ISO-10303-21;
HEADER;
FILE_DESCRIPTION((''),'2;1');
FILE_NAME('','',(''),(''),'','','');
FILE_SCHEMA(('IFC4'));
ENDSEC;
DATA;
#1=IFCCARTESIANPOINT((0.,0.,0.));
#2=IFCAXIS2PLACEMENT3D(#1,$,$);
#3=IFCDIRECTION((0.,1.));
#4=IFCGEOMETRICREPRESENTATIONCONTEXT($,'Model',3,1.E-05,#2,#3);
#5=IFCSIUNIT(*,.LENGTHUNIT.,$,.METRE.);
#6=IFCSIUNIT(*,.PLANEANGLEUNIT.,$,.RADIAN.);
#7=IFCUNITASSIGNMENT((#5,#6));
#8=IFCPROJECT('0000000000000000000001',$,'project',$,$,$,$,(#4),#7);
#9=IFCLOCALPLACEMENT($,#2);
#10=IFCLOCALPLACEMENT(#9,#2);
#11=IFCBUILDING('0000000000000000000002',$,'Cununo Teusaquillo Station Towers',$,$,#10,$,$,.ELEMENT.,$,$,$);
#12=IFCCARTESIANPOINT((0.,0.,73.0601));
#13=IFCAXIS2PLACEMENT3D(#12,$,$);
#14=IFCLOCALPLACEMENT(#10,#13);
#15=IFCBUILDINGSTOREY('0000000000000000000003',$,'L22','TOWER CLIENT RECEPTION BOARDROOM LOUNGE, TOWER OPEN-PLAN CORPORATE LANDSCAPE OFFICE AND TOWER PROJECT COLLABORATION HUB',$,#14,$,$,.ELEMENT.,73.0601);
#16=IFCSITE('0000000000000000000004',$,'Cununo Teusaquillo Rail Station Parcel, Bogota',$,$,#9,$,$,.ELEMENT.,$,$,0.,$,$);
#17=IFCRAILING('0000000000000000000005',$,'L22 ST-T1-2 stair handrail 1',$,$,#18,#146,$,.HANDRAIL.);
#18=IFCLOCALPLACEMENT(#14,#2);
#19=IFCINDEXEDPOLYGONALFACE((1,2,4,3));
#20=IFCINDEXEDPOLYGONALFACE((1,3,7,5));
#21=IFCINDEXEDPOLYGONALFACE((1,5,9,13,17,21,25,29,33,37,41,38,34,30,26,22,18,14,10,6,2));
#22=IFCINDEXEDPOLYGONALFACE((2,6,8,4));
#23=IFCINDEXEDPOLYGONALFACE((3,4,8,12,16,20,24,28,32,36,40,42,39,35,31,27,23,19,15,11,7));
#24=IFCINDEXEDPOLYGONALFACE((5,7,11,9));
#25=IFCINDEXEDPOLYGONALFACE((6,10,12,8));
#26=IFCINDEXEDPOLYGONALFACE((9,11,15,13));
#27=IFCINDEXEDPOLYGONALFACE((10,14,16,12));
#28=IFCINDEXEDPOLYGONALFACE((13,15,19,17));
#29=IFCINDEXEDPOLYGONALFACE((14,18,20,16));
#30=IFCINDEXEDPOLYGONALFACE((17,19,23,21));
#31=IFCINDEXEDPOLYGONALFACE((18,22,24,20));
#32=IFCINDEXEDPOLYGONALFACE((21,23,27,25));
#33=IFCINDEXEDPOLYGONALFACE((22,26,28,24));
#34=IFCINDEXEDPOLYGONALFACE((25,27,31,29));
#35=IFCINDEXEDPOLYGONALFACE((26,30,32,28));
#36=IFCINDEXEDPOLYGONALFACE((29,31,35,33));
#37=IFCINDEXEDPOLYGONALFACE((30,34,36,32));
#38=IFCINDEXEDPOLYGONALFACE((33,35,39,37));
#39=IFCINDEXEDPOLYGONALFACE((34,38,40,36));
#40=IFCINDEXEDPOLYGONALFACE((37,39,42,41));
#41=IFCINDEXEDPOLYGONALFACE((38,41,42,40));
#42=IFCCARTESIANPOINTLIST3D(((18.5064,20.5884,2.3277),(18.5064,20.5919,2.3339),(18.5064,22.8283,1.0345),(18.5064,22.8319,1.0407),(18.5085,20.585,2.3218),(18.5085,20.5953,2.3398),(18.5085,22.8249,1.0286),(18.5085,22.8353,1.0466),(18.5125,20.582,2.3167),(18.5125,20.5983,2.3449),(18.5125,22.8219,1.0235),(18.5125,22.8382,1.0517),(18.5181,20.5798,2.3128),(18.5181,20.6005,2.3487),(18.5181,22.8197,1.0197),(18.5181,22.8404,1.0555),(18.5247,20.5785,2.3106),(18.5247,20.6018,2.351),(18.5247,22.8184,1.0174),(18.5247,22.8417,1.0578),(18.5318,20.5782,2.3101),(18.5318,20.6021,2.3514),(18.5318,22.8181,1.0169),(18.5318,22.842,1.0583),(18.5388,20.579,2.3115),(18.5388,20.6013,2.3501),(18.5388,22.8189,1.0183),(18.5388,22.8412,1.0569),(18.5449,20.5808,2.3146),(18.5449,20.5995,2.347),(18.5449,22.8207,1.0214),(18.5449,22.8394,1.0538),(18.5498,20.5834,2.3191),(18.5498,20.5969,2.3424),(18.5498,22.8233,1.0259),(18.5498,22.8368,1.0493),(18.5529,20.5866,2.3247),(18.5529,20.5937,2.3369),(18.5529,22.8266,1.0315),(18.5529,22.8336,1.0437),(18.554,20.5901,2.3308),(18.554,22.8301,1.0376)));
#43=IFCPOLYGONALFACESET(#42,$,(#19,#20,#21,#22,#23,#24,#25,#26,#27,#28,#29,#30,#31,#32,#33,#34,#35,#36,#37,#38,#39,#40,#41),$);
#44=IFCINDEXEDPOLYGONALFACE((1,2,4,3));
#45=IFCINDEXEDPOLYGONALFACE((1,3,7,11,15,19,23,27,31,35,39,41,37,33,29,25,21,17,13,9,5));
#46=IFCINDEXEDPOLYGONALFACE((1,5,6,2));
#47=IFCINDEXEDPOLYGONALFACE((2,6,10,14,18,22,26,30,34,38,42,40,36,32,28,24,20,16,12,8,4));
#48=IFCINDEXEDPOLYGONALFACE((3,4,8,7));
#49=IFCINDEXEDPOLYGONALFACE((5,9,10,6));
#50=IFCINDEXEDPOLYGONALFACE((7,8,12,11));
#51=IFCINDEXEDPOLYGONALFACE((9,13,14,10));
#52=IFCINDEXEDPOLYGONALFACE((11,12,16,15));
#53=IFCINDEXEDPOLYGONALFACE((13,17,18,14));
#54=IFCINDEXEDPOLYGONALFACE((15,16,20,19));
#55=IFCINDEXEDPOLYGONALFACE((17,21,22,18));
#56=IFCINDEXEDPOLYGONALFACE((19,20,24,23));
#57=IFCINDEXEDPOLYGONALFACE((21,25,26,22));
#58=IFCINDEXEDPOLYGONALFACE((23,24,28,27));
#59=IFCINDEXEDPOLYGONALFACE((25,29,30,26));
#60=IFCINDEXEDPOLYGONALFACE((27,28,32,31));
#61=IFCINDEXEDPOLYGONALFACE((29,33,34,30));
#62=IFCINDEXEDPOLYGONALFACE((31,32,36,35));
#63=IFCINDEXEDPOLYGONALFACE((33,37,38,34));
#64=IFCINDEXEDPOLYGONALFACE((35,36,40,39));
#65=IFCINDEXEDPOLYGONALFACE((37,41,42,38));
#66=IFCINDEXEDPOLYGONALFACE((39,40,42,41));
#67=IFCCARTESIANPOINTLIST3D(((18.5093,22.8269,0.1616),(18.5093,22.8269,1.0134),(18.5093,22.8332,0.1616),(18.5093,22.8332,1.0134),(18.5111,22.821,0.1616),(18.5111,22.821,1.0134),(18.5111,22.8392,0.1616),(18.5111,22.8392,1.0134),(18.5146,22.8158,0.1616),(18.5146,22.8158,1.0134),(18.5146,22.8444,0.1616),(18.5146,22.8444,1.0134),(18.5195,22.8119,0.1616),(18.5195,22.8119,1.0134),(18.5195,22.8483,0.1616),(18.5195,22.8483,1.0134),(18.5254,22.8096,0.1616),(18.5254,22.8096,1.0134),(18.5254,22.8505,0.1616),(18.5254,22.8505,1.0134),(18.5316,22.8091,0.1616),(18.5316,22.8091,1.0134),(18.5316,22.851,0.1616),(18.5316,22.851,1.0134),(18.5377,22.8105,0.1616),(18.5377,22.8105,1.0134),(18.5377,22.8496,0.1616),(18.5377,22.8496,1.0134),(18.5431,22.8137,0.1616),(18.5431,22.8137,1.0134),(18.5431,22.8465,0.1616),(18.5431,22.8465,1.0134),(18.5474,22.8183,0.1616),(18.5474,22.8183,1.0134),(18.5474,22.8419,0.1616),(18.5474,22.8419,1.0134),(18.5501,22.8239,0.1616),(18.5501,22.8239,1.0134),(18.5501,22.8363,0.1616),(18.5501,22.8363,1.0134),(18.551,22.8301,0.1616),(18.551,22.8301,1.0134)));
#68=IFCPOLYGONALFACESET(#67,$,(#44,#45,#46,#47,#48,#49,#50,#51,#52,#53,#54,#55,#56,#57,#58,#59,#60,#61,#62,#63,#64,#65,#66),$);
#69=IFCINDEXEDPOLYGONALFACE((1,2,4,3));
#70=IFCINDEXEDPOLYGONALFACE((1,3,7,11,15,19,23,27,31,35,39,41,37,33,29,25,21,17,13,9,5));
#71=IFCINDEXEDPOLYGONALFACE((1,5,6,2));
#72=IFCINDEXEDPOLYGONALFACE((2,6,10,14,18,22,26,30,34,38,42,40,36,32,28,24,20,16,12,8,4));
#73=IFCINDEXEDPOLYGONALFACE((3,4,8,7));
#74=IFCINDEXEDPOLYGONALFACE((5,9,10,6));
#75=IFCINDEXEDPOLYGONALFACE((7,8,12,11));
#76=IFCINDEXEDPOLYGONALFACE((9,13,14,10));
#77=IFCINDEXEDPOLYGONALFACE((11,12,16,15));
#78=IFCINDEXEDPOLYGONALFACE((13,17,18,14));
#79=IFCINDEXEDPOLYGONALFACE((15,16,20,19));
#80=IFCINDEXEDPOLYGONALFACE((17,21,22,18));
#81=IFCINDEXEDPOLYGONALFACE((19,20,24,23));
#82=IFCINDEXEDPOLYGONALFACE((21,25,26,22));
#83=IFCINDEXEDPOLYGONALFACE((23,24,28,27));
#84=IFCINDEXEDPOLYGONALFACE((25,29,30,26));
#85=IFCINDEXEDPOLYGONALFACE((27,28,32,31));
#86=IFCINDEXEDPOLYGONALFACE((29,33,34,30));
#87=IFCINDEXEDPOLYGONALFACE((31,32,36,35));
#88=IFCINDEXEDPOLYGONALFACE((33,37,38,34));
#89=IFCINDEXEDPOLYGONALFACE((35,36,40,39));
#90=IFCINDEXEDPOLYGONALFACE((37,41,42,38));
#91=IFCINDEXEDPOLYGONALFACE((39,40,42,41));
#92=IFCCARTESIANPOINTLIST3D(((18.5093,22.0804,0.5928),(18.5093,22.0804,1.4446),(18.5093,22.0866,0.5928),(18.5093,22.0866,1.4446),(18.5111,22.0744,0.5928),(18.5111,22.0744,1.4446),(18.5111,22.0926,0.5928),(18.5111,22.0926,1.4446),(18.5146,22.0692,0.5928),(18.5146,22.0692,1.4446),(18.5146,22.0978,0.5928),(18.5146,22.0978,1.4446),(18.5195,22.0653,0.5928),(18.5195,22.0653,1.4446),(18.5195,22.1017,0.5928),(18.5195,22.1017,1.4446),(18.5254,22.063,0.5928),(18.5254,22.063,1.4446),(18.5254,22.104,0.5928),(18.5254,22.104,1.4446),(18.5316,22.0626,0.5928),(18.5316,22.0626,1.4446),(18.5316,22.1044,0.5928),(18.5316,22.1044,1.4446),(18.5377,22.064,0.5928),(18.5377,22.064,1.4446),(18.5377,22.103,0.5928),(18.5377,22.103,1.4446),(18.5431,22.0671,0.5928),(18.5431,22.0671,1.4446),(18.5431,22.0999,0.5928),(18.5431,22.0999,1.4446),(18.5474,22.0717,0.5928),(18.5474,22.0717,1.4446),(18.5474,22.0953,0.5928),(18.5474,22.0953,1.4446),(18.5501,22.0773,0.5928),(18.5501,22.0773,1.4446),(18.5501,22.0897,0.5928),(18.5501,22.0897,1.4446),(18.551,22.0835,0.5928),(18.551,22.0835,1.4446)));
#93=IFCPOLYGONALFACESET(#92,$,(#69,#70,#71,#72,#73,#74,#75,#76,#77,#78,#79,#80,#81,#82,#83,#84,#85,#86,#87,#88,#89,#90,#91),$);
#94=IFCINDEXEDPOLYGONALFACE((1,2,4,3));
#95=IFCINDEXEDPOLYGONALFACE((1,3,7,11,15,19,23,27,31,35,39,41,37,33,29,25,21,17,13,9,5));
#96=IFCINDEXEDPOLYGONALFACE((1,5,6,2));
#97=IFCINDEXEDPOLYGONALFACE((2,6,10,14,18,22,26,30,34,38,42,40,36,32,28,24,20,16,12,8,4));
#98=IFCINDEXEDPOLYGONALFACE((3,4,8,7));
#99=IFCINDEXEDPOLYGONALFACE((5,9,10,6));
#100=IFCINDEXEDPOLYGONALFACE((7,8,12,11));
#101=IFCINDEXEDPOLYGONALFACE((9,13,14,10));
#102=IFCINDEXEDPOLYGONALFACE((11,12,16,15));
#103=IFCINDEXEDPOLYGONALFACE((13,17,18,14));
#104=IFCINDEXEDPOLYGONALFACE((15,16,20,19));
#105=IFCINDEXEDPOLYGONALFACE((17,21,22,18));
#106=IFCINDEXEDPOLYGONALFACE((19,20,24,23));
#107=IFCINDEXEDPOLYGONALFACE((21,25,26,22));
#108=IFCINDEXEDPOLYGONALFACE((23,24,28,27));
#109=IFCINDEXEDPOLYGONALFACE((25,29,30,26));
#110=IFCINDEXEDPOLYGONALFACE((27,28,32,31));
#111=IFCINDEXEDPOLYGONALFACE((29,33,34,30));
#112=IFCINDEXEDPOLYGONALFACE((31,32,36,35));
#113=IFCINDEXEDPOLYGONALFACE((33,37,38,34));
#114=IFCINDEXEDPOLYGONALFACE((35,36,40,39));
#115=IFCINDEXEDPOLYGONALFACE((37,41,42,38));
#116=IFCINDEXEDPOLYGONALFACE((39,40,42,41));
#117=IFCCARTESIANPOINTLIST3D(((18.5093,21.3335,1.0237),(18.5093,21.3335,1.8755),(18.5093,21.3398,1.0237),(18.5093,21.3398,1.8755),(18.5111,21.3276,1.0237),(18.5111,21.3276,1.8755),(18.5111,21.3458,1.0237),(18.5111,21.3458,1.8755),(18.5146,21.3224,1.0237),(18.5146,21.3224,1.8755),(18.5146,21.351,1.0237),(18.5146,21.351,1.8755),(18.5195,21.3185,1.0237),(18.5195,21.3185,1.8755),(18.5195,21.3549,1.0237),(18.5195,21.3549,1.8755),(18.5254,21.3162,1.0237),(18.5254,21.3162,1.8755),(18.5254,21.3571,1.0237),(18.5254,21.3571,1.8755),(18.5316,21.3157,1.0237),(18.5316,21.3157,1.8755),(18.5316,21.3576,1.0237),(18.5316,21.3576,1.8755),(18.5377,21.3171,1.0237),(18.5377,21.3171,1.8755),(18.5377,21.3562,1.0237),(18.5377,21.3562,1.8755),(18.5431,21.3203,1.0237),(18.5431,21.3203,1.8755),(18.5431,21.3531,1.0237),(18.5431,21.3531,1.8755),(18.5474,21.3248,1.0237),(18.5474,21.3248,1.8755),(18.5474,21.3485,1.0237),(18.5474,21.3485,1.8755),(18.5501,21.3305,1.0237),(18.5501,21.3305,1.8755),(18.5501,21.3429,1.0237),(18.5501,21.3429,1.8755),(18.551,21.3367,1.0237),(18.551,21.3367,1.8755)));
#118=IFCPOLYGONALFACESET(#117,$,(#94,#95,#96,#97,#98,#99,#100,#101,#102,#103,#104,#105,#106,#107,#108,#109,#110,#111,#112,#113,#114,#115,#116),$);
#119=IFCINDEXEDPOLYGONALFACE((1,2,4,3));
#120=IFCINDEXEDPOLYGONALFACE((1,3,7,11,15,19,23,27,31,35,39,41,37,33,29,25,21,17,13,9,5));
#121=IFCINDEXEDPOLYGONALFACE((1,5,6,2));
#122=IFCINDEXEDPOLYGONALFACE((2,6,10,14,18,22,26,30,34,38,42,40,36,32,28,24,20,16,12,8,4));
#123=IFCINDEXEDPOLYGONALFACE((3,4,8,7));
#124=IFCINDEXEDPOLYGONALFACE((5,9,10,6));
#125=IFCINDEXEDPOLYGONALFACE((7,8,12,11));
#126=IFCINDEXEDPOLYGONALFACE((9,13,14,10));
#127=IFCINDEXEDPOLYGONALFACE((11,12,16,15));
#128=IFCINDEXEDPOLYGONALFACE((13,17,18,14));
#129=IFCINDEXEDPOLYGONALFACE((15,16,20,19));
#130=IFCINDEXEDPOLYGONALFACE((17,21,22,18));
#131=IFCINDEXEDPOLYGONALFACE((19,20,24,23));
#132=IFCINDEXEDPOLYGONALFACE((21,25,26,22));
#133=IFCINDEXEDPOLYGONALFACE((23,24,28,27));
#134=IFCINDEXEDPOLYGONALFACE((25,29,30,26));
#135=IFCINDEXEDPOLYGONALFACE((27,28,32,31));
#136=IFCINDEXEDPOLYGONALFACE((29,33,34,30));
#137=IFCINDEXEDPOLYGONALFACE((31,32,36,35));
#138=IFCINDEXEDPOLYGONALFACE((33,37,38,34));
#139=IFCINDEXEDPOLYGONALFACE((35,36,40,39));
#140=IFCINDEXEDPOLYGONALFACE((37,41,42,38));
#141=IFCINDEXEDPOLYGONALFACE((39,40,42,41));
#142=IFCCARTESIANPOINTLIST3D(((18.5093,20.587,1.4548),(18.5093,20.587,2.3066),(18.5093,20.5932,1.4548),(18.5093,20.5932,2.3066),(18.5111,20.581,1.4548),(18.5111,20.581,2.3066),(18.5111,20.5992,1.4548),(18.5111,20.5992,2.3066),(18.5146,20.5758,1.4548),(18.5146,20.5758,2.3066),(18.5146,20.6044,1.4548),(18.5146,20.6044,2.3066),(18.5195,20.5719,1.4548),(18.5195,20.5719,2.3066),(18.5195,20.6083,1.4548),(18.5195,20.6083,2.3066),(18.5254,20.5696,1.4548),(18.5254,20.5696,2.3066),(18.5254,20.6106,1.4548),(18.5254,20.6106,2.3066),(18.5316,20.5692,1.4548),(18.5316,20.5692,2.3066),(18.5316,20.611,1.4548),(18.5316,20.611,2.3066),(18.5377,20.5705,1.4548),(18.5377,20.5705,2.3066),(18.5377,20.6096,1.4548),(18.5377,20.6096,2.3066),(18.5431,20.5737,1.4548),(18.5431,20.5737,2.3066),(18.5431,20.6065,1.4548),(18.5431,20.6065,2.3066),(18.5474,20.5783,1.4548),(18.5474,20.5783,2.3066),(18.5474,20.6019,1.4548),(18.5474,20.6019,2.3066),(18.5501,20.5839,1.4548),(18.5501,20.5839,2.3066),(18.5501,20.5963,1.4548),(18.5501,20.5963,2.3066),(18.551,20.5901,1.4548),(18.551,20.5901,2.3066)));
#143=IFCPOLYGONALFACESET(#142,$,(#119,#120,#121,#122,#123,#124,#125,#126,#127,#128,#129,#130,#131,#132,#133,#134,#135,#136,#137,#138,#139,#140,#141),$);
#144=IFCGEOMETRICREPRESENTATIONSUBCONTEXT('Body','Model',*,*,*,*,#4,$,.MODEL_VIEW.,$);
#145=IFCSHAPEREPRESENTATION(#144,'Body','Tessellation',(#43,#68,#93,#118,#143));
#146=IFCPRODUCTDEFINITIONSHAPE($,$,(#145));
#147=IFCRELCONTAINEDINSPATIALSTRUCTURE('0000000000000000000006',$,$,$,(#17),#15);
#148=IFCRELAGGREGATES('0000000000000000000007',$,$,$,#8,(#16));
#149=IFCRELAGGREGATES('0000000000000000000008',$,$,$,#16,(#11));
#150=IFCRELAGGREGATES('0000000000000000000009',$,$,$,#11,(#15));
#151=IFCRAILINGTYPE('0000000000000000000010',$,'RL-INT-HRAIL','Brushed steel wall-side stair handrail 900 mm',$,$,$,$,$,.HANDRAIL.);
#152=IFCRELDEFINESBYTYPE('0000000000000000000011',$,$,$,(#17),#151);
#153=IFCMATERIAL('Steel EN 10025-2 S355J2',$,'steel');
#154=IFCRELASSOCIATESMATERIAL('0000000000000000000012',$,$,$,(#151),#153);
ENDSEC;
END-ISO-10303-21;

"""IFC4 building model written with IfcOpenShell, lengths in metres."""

from ifc_helpers import new_model, si_unit, direction, frame, origin, origin_2d, place, context, subcontext, project, spatial, circle, extrude, material, type_object, element, save


model = new_model("IFC4")

# Units and contexts
model_context = context("Model", 3, precision=1e-05, world=origin(), true_north=direction((0.0, 1.0)))
body_context = subcontext(model_context, "Body", "Model", "MODEL_VIEW")
ifc_project = project(units=[si_unit("LENGTHUNIT", "METRE"), si_unit("PLANEANGLEUNIT", "RADIAN")], contexts=[model_context])

# Site, building, storey
site_placement = place(None, origin())
site = spatial("IfcSite", under=ifc_project, at=site_placement, Name="Cununo Teusaquillo Rail Station Parcel, Bogota", CompositionType="ELEMENT", RefElevation=0.0)
building_placement = place(site_placement, origin())
building = spatial("IfcBuilding", under=site, at=building_placement, Name="Cununo Teusaquillo Station Towers", CompositionType="ELEMENT")
storey_placement = place(building_placement, frame((0.0, 0.0, 73.0601)))
storey = spatial("IfcBuildingStorey", under=building, at=storey_placement, Name="L22", Description="TOWER CLIENT RECEPTION BOARDROOM LOUNGE, TOWER OPEN-PLAN CORPORATE LANDSCAPE OFFICE AND TOWER PROJECT COLLABORATION HUB", CompositionType="ELEMENT", Elevation=73.0601)

# Railing
ifc_material_1 = material(Name="Steel EN 10025-2 S355J2", Category="steel")
railing_type_1 = type_object("IfcRailingType", Name="RL-INT-HRAIL", Description="Brushed steel wall-side stair handrail 900 mm", PredefinedType="HANDRAIL", material=ifc_material_1)
railing_1_placement = place(storey_placement, frame((18.53, 22.8301, 0.1616)))
element("IfcRailing", 1, at=railing_1_placement, inside=storey, type_object=railing_type_1, Name="L22 ST-T1-2 stair handrail 1", PredefinedType="HANDRAIL", context=body_context, shape_type="SweptSolid", body=[
    extrude(circle(Radius=0.0239, at=origin_2d()), frame((0.0, 0.0, 0.876), z_axis=(0.0, -0.866033, 0.499987), x_axis=(1.0, 0.0, 0.0)), (0.0, 0.0, 1.0), 2.5864),
    extrude(circle(Radius=0.021, at=origin_2d()), origin(), (0.0, 0.0, 1.0), 0.8518),
    extrude(circle(Radius=0.021, at=origin_2d()), frame((0.0, -0.7466, 0.4312)), (0.0, 0.0, 1.0), 0.8518),
    extrude(circle(Radius=0.021, at=origin_2d()), frame((0.0, -1.4934, 0.8621)), (0.0, 0.0, 1.0), 0.8518),
    extrude(circle(Radius=0.021, at=origin_2d()), frame((0.0, -2.24, 1.2932)), (0.0, 0.0, 1.0), 0.8518),
])

save(model, "model.ifc")
